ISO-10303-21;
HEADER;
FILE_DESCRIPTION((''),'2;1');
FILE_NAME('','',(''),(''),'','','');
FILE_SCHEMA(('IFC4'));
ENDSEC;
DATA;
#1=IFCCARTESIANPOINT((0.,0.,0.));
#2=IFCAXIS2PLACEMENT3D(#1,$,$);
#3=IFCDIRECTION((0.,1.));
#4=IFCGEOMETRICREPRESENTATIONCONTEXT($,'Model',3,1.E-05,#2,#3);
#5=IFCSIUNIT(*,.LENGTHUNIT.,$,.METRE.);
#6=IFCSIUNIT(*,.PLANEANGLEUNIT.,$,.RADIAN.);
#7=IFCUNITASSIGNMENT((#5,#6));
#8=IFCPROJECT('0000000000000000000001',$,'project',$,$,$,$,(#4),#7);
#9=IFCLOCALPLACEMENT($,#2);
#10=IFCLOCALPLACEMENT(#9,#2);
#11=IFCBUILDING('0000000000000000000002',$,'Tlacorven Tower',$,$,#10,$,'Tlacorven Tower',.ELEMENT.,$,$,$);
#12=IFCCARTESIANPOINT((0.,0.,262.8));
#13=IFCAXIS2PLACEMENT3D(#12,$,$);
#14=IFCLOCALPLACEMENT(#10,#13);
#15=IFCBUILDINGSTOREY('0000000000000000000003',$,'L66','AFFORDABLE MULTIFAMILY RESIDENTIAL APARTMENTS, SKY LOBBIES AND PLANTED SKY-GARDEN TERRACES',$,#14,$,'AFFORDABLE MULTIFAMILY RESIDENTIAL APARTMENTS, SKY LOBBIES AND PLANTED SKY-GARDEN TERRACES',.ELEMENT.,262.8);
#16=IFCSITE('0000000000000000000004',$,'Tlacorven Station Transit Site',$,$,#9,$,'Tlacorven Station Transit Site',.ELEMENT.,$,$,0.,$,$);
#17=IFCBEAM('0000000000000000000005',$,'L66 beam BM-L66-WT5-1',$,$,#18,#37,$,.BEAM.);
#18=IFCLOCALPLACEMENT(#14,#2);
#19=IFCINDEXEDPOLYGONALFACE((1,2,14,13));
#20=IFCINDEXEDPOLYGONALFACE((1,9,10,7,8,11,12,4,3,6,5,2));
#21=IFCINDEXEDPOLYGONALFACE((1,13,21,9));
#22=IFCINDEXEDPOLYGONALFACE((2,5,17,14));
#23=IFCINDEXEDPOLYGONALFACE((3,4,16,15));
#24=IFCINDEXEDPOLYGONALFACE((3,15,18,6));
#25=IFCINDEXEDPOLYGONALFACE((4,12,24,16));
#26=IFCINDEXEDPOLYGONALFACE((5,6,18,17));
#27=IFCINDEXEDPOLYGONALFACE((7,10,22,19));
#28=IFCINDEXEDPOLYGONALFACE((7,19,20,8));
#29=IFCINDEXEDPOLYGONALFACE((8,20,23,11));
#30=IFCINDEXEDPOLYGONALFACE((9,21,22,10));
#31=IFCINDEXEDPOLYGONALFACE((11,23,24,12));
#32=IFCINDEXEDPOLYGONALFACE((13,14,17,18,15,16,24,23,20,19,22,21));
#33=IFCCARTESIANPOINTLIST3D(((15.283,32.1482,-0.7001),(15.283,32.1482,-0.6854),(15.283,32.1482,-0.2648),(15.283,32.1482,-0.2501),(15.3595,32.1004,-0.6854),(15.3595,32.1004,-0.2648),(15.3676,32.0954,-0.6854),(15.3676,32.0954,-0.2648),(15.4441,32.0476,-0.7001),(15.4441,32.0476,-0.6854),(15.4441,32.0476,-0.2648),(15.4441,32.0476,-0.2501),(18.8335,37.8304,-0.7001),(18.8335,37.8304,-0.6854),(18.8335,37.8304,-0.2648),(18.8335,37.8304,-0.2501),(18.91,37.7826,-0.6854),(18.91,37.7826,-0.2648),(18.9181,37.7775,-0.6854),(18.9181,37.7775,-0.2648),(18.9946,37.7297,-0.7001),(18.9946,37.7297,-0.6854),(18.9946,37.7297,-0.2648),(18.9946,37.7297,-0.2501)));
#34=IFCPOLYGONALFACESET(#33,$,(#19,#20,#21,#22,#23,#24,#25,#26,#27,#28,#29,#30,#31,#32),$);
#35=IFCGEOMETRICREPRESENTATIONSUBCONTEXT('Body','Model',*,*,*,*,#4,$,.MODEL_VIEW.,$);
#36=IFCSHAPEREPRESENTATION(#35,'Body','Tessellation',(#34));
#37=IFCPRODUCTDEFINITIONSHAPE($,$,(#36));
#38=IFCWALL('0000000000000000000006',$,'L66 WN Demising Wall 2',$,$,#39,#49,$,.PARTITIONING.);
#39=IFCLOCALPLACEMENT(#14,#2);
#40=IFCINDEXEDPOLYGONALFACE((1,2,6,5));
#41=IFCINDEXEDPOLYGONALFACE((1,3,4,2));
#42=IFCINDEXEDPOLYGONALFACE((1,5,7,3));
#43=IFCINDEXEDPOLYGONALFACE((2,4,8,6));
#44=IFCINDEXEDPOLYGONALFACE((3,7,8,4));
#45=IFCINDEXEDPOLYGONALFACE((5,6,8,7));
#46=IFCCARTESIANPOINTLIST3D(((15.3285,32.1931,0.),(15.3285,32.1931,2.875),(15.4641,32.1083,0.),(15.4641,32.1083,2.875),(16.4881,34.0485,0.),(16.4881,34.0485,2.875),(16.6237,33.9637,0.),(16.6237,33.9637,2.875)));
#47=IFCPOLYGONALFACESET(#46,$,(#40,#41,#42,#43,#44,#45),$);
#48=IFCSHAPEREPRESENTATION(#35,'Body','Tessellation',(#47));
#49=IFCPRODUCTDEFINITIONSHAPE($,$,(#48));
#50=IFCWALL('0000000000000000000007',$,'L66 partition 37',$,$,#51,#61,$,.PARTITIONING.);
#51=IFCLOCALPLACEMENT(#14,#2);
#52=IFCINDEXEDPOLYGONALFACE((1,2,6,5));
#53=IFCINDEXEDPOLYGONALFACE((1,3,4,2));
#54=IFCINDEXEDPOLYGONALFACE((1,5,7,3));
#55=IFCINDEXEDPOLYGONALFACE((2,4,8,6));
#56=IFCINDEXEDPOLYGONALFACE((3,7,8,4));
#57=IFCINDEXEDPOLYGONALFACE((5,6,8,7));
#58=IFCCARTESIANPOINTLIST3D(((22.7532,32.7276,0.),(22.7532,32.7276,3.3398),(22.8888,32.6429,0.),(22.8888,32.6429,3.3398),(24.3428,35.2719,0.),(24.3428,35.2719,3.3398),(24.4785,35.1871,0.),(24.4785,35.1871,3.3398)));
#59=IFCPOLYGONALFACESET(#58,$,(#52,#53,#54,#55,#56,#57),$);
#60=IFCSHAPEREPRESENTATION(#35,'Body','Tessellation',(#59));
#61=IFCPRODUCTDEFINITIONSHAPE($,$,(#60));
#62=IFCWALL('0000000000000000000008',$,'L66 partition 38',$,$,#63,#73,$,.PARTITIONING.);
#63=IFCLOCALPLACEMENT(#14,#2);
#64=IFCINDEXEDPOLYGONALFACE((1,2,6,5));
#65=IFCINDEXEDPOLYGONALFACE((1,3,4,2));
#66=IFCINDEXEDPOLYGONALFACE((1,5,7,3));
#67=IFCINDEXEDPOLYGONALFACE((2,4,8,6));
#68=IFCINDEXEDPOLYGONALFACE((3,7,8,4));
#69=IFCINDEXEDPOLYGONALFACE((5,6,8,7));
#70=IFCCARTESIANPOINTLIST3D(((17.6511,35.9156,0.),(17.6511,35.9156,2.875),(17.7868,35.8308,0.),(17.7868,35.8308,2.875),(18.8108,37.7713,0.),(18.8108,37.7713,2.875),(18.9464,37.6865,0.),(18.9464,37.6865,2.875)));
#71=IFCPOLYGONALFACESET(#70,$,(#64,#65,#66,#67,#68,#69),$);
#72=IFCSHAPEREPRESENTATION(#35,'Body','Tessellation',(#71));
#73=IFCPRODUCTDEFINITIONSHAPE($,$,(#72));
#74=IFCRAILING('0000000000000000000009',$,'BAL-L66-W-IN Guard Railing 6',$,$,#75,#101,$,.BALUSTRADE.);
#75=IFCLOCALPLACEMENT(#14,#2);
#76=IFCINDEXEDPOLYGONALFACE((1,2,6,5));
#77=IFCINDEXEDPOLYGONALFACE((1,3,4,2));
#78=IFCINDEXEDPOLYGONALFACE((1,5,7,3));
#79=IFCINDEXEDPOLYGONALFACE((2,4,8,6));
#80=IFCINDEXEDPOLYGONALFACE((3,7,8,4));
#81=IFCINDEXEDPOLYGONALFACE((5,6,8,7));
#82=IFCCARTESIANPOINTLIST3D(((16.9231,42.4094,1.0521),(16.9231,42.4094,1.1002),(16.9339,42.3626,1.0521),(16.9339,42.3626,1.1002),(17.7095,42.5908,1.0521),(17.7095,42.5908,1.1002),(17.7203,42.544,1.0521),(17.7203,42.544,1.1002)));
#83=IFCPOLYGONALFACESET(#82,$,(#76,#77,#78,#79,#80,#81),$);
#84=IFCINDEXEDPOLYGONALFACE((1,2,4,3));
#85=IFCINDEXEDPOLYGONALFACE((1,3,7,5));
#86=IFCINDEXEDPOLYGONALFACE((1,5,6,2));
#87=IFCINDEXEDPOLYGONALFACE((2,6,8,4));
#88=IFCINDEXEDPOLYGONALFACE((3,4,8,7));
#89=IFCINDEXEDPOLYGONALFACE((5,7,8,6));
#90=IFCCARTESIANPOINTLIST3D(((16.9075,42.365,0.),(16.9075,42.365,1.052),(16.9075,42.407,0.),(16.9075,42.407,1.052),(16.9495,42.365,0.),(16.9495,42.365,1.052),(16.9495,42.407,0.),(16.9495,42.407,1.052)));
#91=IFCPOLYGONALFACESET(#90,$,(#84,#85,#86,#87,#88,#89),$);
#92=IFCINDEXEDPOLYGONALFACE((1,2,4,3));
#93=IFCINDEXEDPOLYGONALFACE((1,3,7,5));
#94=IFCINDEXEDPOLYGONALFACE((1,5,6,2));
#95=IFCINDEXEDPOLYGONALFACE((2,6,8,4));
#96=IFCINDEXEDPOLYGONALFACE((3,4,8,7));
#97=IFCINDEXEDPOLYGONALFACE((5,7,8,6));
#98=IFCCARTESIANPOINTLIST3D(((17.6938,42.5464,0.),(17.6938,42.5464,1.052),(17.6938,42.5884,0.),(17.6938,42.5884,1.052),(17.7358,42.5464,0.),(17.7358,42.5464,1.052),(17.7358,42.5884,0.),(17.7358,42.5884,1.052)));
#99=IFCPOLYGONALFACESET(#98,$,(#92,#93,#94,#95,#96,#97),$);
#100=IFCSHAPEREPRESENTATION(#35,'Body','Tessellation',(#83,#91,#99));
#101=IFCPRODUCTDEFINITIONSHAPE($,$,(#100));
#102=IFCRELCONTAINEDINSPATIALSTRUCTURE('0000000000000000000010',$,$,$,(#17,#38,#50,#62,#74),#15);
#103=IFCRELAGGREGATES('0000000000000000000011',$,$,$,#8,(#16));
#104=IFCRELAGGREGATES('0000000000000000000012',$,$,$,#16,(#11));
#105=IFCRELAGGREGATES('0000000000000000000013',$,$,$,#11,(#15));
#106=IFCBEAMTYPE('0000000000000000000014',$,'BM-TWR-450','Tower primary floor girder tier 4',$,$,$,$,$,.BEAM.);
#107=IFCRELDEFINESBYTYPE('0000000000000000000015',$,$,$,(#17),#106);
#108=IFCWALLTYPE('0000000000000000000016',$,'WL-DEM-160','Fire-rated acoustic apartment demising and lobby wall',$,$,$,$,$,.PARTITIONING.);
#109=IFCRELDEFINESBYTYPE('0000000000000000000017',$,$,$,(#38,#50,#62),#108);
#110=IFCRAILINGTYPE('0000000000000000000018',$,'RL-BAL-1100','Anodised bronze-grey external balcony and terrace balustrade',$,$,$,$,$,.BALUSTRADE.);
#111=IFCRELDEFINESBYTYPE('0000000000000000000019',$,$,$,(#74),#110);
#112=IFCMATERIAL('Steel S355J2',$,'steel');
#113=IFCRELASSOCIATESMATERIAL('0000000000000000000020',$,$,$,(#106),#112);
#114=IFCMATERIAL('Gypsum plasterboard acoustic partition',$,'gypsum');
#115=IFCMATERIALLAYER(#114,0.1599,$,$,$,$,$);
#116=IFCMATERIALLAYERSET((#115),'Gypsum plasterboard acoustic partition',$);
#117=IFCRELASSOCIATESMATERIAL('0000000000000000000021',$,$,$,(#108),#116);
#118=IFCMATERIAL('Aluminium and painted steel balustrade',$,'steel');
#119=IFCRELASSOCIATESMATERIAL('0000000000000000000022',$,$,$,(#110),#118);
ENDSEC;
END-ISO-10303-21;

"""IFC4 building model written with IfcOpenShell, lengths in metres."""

from ifc_helpers import new_model, si_unit, direction, frame, frame_2d, origin, origin_2d, place, context, subcontext, project, spatial, rectangle, i_section, extrude, source, transform, mapped, material, layer, layer_set, material_profile, profile_set, type_object, element, save


model = new_model("IFC4")

# Units and contexts
model_context = context("Model", 3, precision=1e-05, world=origin(), true_north=direction((0.0, 1.0)))
body_context = subcontext(model_context, "Body", "Model", "MODEL_VIEW")
ifc_project = project(units=[si_unit("LENGTHUNIT", "METRE"), si_unit("PLANEANGLEUNIT", "RADIAN")], contexts=[model_context])

# Site, building, storey
site_placement = place(None, origin())
site = spatial("IfcSite", under=ifc_project, at=site_placement, Name="Tlacorven Station Transit Site", LongName="Tlacorven Station Transit Site", CompositionType="ELEMENT", RefElevation=0.0)
building_placement = place(site_placement, origin())
building = spatial("IfcBuilding", under=site, at=building_placement, Name="Tlacorven Tower", LongName="Tlacorven Tower", CompositionType="ELEMENT")
storey_placement = place(building_placement, frame((0.0, 0.0, 262.8)))
storey = spatial("IfcBuildingStorey", under=building, at=storey_placement, Name="L66", Description="AFFORDABLE MULTIFAMILY RESIDENTIAL APARTMENTS, SKY LOBBIES AND PLANTED SKY-GARDEN TERRACES", LongName="AFFORDABLE MULTIFAMILY RESIDENTIAL APARTMENTS, SKY LOBBIES AND PLANTED SKY-GARDEN TERRACES", CompositionType="ELEMENT", Elevation=262.8)

# Beam
ifc_material_1 = material(Name="Steel S355J2", Category="steel")
ifc_material_profile_1 = material_profile(ifc_material_1, i_section(OverallWidth=0.1899, OverallDepth=0.45, WebThickness=0.0095, FlangeThickness=0.0146, at=origin_2d()), Name="IPE 450")
ifc_profile_set_1 = profile_set([ifc_material_profile_1], Name="Steel S355J2")
beam_type_1 = type_object("IfcBeamType", Name="BM-TWR-450", Description="Tower primary floor girder tier 4", PredefinedType="BEAM", material=ifc_profile_set_1)
shared_shape_1 = source(origin(), body_context, "Body", "SweptSolid", [
    extrude(i_section(OverallWidth=0.1899, OverallDepth=0.45, WebThickness=0.0095, FlangeThickness=0.0146, at=origin_2d()), origin(), (0.0, 0.0, 1.0), 6.7002),
])
beam_1_placement = place(storey_placement, frame((18.9141, 37.78, -0.4751), z_axis=(-0.529914, -0.848052, 0.0), x_axis=(0.848052, -0.529914, 0.0)))
element("IfcBeam", 1, at=beam_1_placement, inside=storey, type_object=beam_type_1, Name="L66 beam BM-L66-WT5-1", PredefinedType="BEAM", context=body_context, shape_type="MappedRepresentation", body=[
    mapped(shared_shape_1, transform((0.0, 0.0, 0.0), scale=1.0)),
])

# Walls
ifc_material_2 = material(Name="Gypsum plasterboard acoustic partition", Category="gypsum")
ifc_layer = layer(ifc_material_2, 0.1599)
ifc_layer_set = layer_set([ifc_layer], Name="Gypsum plasterboard acoustic partition")
wall_type = type_object("IfcWallType", Name="WL-DEM-160", Description="Fire-rated acoustic apartment demising and lobby wall", PredefinedType="PARTITIONING", material=ifc_layer_set)
wall_1_placement = place(storey_placement, frame((16.5559, 34.0061, 0.0), z_axis=(0.0, 0.0, 1.0), x_axis=(-0.529999, -0.847998, 0.0)))
element("IfcWall", 2, at=wall_1_placement, inside=storey, type_object=wall_type, Name="L66 WN Demising Wall 2", PredefinedType="PARTITIONING", context=body_context, shape_type="SweptSolid", body=[
    extrude(rectangle(XDim=2.188, YDim=0.1599, at=frame_2d((1.094, 0.0))), origin(), (0.0, 0.0, 1.0), 2.875),
])
wall_2_placement = place(storey_placement, frame((24.4106, 35.2295, 0.0), z_axis=(0.0, 0.0, 1.0), x_axis=(-0.529875, -0.848076, 0.0)))
element("IfcWall", 3, at=wall_2_placement, inside=storey, type_object=wall_type, Name="L66 partition 37", PredefinedType="PARTITIONING", context=body_context, shape_type="SweptSolid", body=[
    extrude(rectangle(XDim=3.0, YDim=0.1599, at=frame_2d((1.5, 0.0))), origin(), (0.0, 0.0, 1.0), 3.3398),
])
wall_3_placement = place(storey_placement, frame((18.8787, 37.729, 0.0), z_axis=(0.0, 0.0, 1.0), x_axis=(-0.529949, -0.84803, 0.0)))
element("IfcWall", 4, at=wall_3_placement, inside=storey, type_object=wall_type, Name="L66 partition 38", PredefinedType="PARTITIONING", context=body_context, shape_type="SweptSolid", body=[
    extrude(rectangle(XDim=2.1882, YDim=0.1599, at=frame_2d((1.0942, 0.0))), origin(), (0.0, 0.0, 1.0), 2.875),
])

# Railing
ifc_material_3 = material(Name="Aluminium and painted steel balustrade", Category="steel")
railing_type = type_object("IfcRailingType", Name="RL-BAL-1100", Description="Anodised bronze-grey external balcony and terrace balustrade", PredefinedType="BALUSTRADE", material=ifc_material_3)
shared_shape_2 = source(origin(), body_context, "Body", "SweptSolid", [
    extrude(rectangle(XDim=0.0481, YDim=0.0481, at=origin_2d()), frame((0.0, 0.0, 1.0762), z_axis=(0.974412, 0.224771, 0.0), x_axis=(-0.224771, 0.974412, 0.0)), (0.0, 0.0, 1.0), 0.8071),
    extrude(rectangle(XDim=0.042, YDim=0.042, at=origin_2d()), origin(), (0.0, 0.0, 1.0), 1.052),
    extrude(rectangle(XDim=0.042, YDim=0.042, at=origin_2d()), frame((0.7864, 0.1814, 0.0)), (0.0, 0.0, 1.0), 1.052),
])
railing_1_placement = place(storey_placement, frame((16.9285, 42.386, 0.0)))
element("IfcRailing", 5, at=railing_1_placement, inside=storey, type_object=railing_type, Name="BAL-L66-W-IN Guard Railing 6", PredefinedType="BALUSTRADE", context=body_context, shape_type="MappedRepresentation", body=[
    mapped(shared_shape_2, transform((0.0, 0.0, 0.0), scale=1.0)),
])

save(model, "model.ifc")
